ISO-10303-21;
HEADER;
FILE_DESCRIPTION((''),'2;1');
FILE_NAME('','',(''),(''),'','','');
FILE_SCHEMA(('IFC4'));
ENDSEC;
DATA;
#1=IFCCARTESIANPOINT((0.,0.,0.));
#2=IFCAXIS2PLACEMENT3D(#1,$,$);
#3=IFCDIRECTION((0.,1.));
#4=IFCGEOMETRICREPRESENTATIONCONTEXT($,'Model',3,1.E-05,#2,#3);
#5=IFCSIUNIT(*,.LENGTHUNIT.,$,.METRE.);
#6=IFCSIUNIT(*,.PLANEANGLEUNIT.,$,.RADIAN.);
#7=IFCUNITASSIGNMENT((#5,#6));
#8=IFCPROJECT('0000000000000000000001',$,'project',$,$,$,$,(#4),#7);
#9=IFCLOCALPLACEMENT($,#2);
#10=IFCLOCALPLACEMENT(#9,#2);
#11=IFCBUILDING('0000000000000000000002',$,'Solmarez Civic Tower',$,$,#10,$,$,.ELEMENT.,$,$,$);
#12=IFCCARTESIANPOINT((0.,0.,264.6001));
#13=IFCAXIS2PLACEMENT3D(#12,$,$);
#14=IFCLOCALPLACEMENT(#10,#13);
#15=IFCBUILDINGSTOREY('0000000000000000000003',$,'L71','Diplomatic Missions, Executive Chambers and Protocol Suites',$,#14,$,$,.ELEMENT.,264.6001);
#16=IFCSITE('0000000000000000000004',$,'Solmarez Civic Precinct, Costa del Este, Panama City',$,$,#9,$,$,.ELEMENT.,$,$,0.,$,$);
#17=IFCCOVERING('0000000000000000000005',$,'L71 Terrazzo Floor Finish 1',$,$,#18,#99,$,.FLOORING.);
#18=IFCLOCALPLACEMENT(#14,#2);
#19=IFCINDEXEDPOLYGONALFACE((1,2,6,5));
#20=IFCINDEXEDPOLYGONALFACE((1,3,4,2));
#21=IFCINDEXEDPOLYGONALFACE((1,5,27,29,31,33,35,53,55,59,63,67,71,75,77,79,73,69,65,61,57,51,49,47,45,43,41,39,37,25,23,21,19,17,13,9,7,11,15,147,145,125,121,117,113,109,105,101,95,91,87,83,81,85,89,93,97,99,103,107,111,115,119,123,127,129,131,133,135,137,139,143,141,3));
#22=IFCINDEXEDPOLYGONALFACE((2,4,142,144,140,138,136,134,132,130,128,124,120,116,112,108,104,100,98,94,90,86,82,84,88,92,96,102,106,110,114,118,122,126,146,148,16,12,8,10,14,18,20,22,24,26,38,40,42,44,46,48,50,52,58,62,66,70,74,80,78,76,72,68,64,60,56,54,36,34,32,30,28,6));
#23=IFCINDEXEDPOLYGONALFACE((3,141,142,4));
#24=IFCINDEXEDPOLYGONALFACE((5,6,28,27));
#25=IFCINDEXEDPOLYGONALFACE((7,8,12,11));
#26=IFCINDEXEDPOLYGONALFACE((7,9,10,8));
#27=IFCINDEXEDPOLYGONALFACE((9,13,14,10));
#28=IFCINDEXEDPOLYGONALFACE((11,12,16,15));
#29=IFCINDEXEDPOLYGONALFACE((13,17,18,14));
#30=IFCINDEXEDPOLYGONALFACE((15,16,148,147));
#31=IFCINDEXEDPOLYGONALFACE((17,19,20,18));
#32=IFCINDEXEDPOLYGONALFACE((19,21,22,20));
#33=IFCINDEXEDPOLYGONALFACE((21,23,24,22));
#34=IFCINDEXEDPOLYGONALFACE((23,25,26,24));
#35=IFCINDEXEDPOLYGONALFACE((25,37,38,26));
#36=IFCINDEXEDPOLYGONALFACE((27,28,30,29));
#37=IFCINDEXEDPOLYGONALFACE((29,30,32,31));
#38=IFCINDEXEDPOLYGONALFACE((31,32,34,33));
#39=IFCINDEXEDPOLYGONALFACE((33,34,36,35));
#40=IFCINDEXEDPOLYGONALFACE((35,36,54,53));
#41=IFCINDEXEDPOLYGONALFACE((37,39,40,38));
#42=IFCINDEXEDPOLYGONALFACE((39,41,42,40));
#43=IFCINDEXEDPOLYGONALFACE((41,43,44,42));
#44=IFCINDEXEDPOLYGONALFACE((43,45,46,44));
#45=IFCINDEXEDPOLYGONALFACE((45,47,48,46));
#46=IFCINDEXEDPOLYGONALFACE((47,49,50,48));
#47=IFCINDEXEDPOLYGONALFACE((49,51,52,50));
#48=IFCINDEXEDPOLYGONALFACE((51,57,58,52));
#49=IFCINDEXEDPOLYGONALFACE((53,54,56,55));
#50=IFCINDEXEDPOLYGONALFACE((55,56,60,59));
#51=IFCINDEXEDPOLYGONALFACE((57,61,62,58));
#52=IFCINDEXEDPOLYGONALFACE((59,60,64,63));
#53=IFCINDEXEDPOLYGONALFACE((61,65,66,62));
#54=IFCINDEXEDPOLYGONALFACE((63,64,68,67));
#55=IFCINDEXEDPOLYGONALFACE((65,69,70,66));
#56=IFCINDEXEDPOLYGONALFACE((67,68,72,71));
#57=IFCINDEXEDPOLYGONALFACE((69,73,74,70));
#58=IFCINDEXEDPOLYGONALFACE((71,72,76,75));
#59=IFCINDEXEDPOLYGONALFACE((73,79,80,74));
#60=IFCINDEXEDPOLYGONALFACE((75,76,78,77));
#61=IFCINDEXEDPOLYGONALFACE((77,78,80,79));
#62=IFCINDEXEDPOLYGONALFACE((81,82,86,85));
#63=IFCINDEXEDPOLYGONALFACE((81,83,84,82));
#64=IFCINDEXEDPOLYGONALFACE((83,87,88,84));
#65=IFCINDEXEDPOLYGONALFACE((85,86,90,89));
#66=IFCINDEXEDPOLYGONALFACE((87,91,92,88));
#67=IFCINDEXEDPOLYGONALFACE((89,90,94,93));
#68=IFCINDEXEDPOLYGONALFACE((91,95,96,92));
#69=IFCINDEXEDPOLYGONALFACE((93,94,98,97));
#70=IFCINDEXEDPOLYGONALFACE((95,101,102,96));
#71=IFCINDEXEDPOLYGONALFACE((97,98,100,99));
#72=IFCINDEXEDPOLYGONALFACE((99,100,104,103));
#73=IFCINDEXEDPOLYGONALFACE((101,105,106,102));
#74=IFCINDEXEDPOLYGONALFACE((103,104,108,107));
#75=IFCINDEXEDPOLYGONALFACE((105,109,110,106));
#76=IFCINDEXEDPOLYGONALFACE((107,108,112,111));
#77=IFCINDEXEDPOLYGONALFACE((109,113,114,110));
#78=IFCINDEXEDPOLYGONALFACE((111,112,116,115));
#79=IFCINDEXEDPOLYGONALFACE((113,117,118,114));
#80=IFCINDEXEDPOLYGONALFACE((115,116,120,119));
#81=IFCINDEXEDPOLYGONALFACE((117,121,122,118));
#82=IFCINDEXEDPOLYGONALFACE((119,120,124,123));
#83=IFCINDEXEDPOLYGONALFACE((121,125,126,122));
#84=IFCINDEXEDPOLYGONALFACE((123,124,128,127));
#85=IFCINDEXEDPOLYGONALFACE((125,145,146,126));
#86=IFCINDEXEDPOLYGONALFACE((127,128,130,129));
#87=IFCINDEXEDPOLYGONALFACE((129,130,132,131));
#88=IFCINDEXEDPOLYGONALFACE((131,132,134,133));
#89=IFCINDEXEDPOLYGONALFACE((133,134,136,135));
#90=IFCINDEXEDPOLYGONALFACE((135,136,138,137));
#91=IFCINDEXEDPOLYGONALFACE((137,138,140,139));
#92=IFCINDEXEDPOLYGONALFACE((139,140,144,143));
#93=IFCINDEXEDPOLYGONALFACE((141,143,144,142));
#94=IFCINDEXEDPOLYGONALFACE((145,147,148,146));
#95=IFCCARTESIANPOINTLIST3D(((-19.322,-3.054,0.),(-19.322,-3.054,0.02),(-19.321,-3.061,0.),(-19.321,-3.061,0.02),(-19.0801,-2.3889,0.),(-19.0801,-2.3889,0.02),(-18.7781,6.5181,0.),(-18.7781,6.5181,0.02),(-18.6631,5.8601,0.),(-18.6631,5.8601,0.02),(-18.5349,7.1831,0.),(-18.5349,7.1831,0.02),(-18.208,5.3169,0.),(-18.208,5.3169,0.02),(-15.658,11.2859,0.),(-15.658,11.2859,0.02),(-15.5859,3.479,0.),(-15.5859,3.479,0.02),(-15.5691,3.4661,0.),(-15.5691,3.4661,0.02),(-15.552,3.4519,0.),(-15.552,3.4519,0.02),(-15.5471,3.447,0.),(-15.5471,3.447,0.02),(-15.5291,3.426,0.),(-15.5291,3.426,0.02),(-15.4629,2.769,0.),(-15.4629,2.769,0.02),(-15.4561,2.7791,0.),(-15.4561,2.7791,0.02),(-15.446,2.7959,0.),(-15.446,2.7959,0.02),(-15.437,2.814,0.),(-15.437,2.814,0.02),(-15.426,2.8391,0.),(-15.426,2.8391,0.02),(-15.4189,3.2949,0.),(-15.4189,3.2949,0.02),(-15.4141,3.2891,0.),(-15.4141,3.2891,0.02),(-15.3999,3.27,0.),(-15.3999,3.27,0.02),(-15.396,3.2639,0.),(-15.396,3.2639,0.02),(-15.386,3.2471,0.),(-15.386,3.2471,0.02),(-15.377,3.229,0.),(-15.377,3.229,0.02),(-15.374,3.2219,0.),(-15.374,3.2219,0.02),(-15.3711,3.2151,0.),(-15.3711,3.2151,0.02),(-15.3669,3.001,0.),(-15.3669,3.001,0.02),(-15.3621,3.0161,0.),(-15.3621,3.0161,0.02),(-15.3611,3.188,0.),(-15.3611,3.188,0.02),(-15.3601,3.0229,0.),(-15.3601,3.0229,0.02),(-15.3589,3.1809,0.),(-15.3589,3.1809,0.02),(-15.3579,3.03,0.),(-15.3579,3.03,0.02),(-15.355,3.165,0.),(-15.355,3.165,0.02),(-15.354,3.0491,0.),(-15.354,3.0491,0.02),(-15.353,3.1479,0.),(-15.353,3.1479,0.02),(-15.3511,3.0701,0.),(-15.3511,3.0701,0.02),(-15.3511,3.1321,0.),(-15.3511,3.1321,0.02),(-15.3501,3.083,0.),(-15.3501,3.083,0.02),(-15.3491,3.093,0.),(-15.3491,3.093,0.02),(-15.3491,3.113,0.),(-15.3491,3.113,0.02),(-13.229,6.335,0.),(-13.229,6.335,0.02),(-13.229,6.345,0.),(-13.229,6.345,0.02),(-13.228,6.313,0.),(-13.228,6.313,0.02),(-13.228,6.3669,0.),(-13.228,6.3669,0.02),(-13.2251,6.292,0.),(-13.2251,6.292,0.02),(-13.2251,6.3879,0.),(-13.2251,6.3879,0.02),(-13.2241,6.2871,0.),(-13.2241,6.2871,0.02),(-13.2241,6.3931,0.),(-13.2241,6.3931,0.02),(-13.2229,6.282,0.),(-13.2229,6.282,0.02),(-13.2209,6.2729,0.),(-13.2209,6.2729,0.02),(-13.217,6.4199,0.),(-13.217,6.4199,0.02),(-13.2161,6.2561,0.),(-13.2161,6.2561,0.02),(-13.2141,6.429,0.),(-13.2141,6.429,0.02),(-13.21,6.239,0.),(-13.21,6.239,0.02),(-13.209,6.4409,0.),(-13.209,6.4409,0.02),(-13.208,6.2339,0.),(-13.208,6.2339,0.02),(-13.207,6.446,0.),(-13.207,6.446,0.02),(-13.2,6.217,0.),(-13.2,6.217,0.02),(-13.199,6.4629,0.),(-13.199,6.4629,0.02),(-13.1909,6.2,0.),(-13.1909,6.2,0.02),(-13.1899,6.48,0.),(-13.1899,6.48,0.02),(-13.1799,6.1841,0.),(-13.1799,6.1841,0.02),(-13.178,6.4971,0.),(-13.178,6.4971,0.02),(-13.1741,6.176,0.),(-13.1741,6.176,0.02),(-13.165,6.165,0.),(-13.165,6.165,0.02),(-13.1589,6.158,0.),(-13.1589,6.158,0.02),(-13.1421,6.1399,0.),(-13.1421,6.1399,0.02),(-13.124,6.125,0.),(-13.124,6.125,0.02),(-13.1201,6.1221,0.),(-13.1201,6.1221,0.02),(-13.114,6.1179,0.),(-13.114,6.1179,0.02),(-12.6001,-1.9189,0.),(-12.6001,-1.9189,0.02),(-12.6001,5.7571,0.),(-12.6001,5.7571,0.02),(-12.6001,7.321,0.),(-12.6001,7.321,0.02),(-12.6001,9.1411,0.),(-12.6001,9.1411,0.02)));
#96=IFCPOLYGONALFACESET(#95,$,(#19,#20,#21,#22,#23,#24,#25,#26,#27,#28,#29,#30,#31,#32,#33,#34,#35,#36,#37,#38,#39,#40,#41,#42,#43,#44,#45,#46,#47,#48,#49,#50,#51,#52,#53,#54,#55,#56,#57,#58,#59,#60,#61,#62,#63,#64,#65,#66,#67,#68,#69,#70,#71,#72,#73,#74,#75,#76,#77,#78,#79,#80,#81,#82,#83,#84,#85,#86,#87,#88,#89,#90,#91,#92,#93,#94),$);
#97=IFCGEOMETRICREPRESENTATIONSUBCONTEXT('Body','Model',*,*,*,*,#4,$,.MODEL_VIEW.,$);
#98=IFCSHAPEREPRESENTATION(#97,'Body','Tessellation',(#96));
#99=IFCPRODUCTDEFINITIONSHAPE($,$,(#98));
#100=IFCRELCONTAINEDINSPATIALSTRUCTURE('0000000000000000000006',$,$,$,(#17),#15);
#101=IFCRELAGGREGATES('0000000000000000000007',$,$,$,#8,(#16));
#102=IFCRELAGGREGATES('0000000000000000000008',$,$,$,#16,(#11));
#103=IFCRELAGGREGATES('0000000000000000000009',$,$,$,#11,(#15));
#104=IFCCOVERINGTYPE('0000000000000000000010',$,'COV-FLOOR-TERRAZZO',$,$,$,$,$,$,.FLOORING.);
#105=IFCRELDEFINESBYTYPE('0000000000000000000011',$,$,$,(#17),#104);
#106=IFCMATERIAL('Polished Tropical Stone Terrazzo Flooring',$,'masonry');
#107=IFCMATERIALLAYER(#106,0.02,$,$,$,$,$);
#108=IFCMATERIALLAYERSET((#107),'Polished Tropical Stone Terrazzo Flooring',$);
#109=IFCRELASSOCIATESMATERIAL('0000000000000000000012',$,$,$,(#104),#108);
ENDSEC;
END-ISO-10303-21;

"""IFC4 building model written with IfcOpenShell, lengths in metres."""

from ifc_helpers import new_model, si_unit, direction, frame, origin, place, context, subcontext, project, spatial, polyline, outline, extrude, material, layer, layer_set, type_object, element, save


model = new_model("IFC4")

# Units and contexts
model_context = context("Model", 3, precision=1e-05, world=origin(), true_north=direction((0.0, 1.0)))
body_context = subcontext(model_context, "Body", "Model", "MODEL_VIEW")
ifc_project = project(units=[si_unit("LENGTHUNIT", "METRE"), si_unit("PLANEANGLEUNIT", "RADIAN")], contexts=[model_context])

# Site, building, storey
site_placement = place(None, origin())
site = spatial("IfcSite", under=ifc_project, at=site_placement, Name="Solmarez Civic Precinct, Costa del Este, Panama City", CompositionType="ELEMENT", RefElevation=0.0)
building_placement = place(site_placement, origin())
building = spatial("IfcBuilding", under=site, at=building_placement, Name="Solmarez Civic Tower", CompositionType="ELEMENT")
storey_placement = place(building_placement, frame((0.0, 0.0, 264.6001)))
storey = spatial("IfcBuildingStorey", under=building, at=storey_placement, Name="L71", Description="Diplomatic Missions, Executive Chambers and Protocol Suites", CompositionType="ELEMENT", Elevation=264.6001)

# Covering
ifc_material_1 = material(Name="Polished Tropical Stone Terrazzo Flooring", Category="masonry")
ifc_layer_1 = layer(ifc_material_1, 0.02)
ifc_layer_set_1 = layer_set([ifc_layer_1], Name="Polished Tropical Stone Terrazzo Flooring")
covering_type_1 = type_object("IfcCoveringType", Name="COV-FLOOR-TERRAZZO", PredefinedType="FLOORING", material=ifc_layer_set_1)
covering_1_placement = place(storey_placement, origin())
element("IfcCovering", 1, at=covering_1_placement, inside=storey, type_object=covering_type_1, Name="L71 Terrazzo Floor Finish 1", PredefinedType="FLOORING", context=body_context, shape_type="SweptSolid", body=[
    extrude(outline(polyline([(-15.3501, 3.083), (-15.3511, 3.0701), (-15.354, 3.0491), (-15.3579, 3.03), (-15.3601, 3.0229), (-15.3621, 3.0161), (-15.3669, 3.001), (-15.426, 2.8391), (-15.437, 2.814), (-15.446, 2.7959), (-15.4561, 2.7791), (-15.4629, 2.769), (-19.0801, -2.3889), (-19.322, -3.054), (-19.321, -3.061), (-12.6001, -1.9189), (-12.6001, 5.7571), (-13.114, 6.1179), (-13.1201, 6.1221), (-13.124, 6.125), (-13.1421, 6.1399), (-13.1589, 6.158), (-13.165, 6.165), (-13.1741, 6.176), (-13.1799, 6.1841), (-13.1909, 6.2), (-13.2, 6.217), (-13.208, 6.2339), (-13.21, 6.239), (-13.2161, 6.2561), (-13.2209, 6.2729), (-13.2229, 6.282), (-13.2241, 6.2871), (-13.2251, 6.292), (-13.228, 6.313), (-13.229, 6.335), (-13.229, 6.345), (-13.228, 6.3669), (-13.2251, 6.3879), (-13.2241, 6.3931), (-13.217, 6.4199), (-13.2141, 6.429), (-13.209, 6.4409), (-13.207, 6.446), (-13.199, 6.4629), (-13.1899, 6.48), (-13.178, 6.4971), (-12.6001, 7.321), (-12.6001, 9.1411), (-15.658, 11.2859), (-18.5349, 7.1831), (-18.7781, 6.5181), (-18.6631, 5.8601), (-18.208, 5.3169), (-15.5859, 3.479), (-15.5691, 3.4661), (-15.552, 3.4519), (-15.5471, 3.447), (-15.5291, 3.426), (-15.4189, 3.2949), (-15.4141, 3.2891), (-15.3999, 3.27), (-15.396, 3.2639), (-15.386, 3.2471), (-15.377, 3.229), (-15.374, 3.2219), (-15.3711, 3.2151), (-15.3611, 3.188), (-15.3589, 3.1809), (-15.355, 3.165), (-15.353, 3.1479), (-15.3511, 3.1321), (-15.3491, 3.113), (-15.3491, 3.093), (-15.3501, 3.083)])), origin(), (0.0, 0.0, 1.0), 0.02),
])

save(model, "model.ifc")
